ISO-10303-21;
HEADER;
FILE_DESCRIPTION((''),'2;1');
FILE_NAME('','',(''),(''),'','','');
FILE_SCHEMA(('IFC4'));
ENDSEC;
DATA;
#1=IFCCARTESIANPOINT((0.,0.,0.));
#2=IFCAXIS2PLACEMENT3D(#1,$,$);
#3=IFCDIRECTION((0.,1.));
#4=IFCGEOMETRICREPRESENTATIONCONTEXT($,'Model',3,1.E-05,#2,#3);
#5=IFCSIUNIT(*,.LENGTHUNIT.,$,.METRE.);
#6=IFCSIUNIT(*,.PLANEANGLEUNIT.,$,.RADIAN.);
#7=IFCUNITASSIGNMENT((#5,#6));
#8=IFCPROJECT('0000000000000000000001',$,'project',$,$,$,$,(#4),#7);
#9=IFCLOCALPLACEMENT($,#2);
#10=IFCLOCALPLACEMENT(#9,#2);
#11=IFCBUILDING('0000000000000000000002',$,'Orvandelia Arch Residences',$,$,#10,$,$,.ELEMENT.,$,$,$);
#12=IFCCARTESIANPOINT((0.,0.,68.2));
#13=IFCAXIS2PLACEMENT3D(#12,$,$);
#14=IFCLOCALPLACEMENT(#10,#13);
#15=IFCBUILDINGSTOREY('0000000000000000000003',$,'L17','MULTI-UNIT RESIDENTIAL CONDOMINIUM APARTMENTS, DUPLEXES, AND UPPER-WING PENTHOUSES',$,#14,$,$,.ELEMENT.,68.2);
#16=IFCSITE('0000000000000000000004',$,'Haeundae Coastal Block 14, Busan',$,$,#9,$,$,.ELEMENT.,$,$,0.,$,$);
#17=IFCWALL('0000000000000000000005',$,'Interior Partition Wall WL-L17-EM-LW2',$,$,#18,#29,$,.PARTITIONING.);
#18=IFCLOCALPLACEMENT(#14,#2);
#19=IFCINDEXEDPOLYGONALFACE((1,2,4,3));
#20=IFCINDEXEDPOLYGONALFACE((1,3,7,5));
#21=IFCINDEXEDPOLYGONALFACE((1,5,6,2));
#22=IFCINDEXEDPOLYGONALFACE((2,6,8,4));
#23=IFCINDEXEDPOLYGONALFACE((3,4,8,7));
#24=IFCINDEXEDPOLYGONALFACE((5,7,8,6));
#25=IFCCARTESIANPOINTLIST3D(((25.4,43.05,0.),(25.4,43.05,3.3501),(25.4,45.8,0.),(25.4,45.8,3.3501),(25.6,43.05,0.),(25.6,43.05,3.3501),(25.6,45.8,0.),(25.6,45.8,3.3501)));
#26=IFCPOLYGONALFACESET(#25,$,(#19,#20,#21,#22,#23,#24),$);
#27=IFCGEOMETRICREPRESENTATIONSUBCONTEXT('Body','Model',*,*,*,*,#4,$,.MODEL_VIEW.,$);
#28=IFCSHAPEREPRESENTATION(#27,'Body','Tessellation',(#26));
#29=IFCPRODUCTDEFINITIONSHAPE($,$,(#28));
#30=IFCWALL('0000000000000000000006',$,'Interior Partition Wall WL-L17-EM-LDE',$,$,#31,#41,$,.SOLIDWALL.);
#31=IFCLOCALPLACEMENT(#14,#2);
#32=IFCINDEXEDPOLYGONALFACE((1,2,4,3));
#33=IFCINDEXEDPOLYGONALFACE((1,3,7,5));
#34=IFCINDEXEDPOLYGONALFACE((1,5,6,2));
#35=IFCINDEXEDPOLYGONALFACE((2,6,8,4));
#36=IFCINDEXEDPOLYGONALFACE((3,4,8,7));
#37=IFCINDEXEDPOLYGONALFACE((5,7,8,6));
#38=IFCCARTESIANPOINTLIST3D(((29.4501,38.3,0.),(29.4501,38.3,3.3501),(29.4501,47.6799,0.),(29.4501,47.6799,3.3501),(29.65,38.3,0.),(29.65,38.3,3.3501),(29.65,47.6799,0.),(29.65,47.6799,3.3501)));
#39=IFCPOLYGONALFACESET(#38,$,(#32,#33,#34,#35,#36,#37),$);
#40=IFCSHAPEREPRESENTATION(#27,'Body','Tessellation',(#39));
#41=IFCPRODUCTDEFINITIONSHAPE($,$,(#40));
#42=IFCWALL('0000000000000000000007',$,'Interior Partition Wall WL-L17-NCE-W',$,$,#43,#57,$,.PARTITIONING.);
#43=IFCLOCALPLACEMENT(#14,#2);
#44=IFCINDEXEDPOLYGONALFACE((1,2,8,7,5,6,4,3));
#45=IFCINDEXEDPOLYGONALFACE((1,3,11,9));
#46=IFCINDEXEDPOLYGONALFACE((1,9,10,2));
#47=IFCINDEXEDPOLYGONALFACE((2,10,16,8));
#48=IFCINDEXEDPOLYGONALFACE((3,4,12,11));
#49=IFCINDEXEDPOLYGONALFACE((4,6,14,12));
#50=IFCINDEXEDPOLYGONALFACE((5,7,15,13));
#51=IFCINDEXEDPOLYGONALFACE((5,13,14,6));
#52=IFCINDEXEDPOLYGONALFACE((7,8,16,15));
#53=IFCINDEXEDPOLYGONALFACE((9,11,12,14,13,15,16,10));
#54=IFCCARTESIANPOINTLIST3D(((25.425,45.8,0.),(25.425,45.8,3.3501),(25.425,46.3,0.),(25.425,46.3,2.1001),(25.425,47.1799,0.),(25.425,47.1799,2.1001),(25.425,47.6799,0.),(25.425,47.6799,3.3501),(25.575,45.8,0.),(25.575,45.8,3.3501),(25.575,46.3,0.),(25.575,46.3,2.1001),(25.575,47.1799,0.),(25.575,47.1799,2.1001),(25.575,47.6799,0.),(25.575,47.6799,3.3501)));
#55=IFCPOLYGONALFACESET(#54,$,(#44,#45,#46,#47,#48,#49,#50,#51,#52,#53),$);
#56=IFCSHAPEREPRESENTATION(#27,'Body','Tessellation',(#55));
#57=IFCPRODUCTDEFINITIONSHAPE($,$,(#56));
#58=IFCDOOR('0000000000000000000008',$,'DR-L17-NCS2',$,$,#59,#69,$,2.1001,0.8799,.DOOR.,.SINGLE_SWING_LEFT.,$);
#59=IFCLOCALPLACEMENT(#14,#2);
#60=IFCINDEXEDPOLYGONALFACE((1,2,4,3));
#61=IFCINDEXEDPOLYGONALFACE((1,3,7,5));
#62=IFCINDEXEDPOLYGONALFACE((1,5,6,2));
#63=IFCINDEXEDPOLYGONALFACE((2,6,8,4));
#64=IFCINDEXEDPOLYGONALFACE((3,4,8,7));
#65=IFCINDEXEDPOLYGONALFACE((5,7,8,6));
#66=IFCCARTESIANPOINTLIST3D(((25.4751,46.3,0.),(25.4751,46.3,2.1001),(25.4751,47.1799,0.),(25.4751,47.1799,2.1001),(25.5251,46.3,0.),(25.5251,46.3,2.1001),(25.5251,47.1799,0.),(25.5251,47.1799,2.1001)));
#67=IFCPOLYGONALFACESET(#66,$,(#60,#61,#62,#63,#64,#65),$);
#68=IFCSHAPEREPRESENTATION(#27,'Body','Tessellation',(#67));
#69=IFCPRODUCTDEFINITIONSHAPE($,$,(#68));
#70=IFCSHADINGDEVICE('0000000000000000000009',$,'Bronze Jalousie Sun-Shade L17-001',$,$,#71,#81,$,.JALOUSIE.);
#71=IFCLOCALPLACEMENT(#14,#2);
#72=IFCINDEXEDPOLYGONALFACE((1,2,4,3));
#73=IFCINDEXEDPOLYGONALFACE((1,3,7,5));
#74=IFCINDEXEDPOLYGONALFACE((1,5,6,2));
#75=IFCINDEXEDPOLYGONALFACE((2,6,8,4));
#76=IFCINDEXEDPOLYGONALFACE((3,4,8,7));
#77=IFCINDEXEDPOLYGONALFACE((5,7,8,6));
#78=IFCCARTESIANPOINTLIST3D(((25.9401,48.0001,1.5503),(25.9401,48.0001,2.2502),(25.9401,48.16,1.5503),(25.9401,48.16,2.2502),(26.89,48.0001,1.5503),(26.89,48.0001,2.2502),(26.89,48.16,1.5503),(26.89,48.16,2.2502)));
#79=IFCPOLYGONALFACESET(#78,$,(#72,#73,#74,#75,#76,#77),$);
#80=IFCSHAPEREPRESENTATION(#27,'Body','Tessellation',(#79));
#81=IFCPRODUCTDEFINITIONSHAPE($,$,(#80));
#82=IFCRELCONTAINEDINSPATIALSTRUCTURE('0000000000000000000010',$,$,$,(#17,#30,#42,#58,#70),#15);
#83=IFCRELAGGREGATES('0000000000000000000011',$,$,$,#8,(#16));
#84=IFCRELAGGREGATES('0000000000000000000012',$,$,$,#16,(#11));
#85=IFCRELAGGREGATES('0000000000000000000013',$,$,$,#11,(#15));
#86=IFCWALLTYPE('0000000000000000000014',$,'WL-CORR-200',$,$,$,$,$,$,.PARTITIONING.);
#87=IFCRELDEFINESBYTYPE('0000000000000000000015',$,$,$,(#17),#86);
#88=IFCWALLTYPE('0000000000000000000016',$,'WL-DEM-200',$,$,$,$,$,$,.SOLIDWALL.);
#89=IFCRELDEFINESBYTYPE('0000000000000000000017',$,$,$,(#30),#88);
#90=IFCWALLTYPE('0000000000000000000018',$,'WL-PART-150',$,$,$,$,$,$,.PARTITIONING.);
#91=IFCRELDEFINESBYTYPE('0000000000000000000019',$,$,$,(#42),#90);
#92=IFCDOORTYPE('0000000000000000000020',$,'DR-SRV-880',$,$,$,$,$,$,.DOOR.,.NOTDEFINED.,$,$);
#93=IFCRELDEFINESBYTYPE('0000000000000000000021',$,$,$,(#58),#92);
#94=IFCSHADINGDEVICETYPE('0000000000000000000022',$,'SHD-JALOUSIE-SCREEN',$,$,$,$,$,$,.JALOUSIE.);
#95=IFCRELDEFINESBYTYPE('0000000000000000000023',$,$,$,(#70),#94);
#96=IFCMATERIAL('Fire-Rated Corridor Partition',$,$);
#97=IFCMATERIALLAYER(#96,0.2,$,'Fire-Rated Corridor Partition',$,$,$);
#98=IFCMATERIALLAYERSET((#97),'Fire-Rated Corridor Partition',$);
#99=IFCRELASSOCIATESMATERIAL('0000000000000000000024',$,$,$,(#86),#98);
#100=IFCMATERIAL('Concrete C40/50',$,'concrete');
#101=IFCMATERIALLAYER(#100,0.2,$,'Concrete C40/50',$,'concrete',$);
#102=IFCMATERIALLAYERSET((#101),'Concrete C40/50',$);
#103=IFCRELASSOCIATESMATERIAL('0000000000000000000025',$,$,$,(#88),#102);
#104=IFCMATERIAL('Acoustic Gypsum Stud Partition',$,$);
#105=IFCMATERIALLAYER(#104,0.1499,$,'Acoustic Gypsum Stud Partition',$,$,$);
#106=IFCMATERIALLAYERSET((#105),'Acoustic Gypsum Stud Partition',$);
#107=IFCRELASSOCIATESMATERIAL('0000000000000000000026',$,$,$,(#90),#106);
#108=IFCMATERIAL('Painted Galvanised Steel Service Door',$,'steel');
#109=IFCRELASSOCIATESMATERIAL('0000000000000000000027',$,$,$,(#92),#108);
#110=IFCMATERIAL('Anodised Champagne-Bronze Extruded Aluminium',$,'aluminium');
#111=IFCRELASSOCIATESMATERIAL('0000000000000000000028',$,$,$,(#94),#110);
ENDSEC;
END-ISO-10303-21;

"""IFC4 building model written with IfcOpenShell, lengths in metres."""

from ifc_helpers import new_model, si_unit, direction, frame, frame_2d, origin, origin_2d, place, context, subcontext, project, spatial, rectangle, extrude, material, layer, layer_set, type_object, element, fill, save


model = new_model("IFC4")

# Units and contexts
model_context = context("Model", 3, precision=1e-05, world=origin(), true_north=direction((0.0, 1.0)))
body_context = subcontext(model_context, "Body", "Model", "MODEL_VIEW")
ifc_project = project(units=[si_unit("LENGTHUNIT", "METRE"), si_unit("PLANEANGLEUNIT", "RADIAN")], contexts=[model_context])

# Site, building, storey
site_placement = place(None, origin())
site = spatial("IfcSite", under=ifc_project, at=site_placement, Name="Haeundae Coastal Block 14, Busan", CompositionType="ELEMENT", RefElevation=0.0)
building_placement = place(site_placement, origin())
building = spatial("IfcBuilding", under=site, at=building_placement, Name="Orvandelia Arch Residences", CompositionType="ELEMENT")
storey_placement = place(building_placement, frame((0.0, 0.0, 68.2)))
storey = spatial("IfcBuildingStorey", under=building, at=storey_placement, Name="L17", Description="MULTI-UNIT RESIDENTIAL CONDOMINIUM APARTMENTS, DUPLEXES, AND UPPER-WING PENTHOUSES", CompositionType="ELEMENT", Elevation=68.2)

# Shared definitions
ifc_material_1 = material(Name="Fire-Rated Corridor Partition")
ifc_layer_1 = layer(ifc_material_1, 0.2, Name="Fire-Rated Corridor Partition")
ifc_layer_set_1 = layer_set([ifc_layer_1], Name="Fire-Rated Corridor Partition")
wall_type_1 = type_object("IfcWallType", Name="WL-CORR-200", PredefinedType="PARTITIONING", material=ifc_layer_set_1)

# Walls
wall_1_placement = place(storey_placement, frame((25.5, 43.05, 0.0), z_axis=(0.0, 0.0, 1.0), x_axis=(0.0, 1.0, 0.0)))
element("IfcWall", 1, at=wall_1_placement, inside=storey, type_object=wall_type_1, Name="Interior Partition Wall WL-L17-EM-LW2", PredefinedType="PARTITIONING", context=body_context, shape_type="SweptSolid", body=[
    extrude(rectangle(XDim=2.75, YDim=0.2, at=frame_2d((1.375, 0.0))), origin(), (0.0, 0.0, 1.0), 3.3501),
])
ifc_material_2 = material(Name="Concrete C40/50", Category="concrete")
ifc_layer_2 = layer(ifc_material_2, 0.2, Name="Concrete C40/50", Category="concrete")
ifc_layer_set_2 = layer_set([ifc_layer_2], Name="Concrete C40/50")
wall_type_2 = type_object("IfcWallType", Name="WL-DEM-200", PredefinedType="SOLIDWALL", material=ifc_layer_set_2)
wall_2_placement = place(storey_placement, frame((29.55, 38.3, 0.0), z_axis=(0.0, 0.0, 1.0), x_axis=(0.0, 1.0, 0.0)))
element("IfcWall", 2, at=wall_2_placement, inside=storey, type_object=wall_type_2, Name="Interior Partition Wall WL-L17-EM-LDE", PredefinedType="SOLIDWALL", context=body_context, shape_type="SweptSolid", body=[
    extrude(rectangle(XDim=9.3799, YDim=0.2, at=frame_2d((4.6899, 0.0))), origin(), (0.0, 0.0, 1.0), 3.3501),
])

# Wall, opening, door
ifc_material_3 = material(Name="Acoustic Gypsum Stud Partition")
ifc_layer_3 = layer(ifc_material_3, 0.1499, Name="Acoustic Gypsum Stud Partition")
ifc_layer_set_3 = layer_set([ifc_layer_3], Name="Acoustic Gypsum Stud Partition")
wall_type_3 = type_object("IfcWallType", Name="WL-PART-150", PredefinedType="PARTITIONING", material=ifc_layer_set_3)
wall_3_placement = place(storey_placement, frame((25.5, 45.8, 0.0), z_axis=(0.0, 0.0, 1.0), x_axis=(0.0, 1.0, 0.0)))
wall_3 = element("IfcWall", 3, at=wall_3_placement, inside=storey, type_object=wall_type_3, Name="Interior Partition Wall WL-L17-NCE-W", PredefinedType="PARTITIONING", context=body_context, shape_type="SweptSolid", body=[
    extrude(rectangle(XDim=1.8799, YDim=0.1499, at=frame_2d((0.9399, 0.0))), origin(), (0.0, 0.0, 1.0), 3.3501),
])
opening_1_placement = place(wall_3_placement, frame((0.5, 0.0, 0.0)))
opening_1 = element("IfcOpeningElement", 4, at=opening_1_placement, cuts=wall_3, PredefinedType="OPENING", context=body_context, shape_type="SweptSolid", body=[
    extrude(rectangle(XDim=0.8799, YDim=2.1001, at=frame_2d((0.4399, 1.05))), frame((0.0, 0.085, 0.0), z_axis=(0.0, -1.0, 0.0), x_axis=(1.0, 0.0, 0.0)), (0.0, 0.0, 1.0), 0.1699),
])
ifc_material_4 = material(Name="Painted Galvanised Steel Service Door", Category="steel")
door_type_1 = type_object("IfcDoorType", Name="DR-SRV-880", OperationType="NOTDEFINED", PredefinedType="DOOR", material=ifc_material_4)
door_1_placement = place(opening_1_placement, origin())
door_1 = element("IfcDoor", 5, at=door_1_placement, inside=storey, type_object=door_type_1, Name="DR-L17-NCS2", OperationType="SINGLE_SWING_LEFT", OverallHeight=2.1001, OverallWidth=0.8799, PredefinedType="DOOR", context=body_context, shape_type="SweptSolid", body=[
    extrude(rectangle(XDim=0.8799, YDim=2.1001, at=frame_2d((0.4399, 1.05))), frame((0.0, 0.0249, 0.0), z_axis=(0.0, -1.0, 0.0), x_axis=(1.0, 0.0, 0.0)), (0.0, 0.0, 1.0), 0.05),
])
fill(opening_1, door_1)

# Shading device
ifc_material_5 = material(Name="Anodised Champagne-Bronze Extruded Aluminium", Category="aluminium")
shading_device_type = type_object("IfcShadingDeviceType", Name="SHD-JALOUSIE-SCREEN", PredefinedType="JALOUSIE", material=ifc_material_5)
shading_device_placement = place(storey_placement, frame((26.415, 48.0801, 1.5503), z_axis=(0.0, 0.0, 1.0), x_axis=(1.0, 0.0, 0.0)))
element("IfcShadingDevice", 6, at=shading_device_placement, inside=storey, type_object=shading_device_type, Name="Bronze Jalousie Sun-Shade L17-001", PredefinedType="JALOUSIE", context=body_context, shape_type="SweptSolid", body=[
    extrude(rectangle(XDim=0.95, YDim=0.1599, at=origin_2d()), origin(), (0.0, 0.0, 1.0), 0.7),
])

save(model, "model.ifc")
